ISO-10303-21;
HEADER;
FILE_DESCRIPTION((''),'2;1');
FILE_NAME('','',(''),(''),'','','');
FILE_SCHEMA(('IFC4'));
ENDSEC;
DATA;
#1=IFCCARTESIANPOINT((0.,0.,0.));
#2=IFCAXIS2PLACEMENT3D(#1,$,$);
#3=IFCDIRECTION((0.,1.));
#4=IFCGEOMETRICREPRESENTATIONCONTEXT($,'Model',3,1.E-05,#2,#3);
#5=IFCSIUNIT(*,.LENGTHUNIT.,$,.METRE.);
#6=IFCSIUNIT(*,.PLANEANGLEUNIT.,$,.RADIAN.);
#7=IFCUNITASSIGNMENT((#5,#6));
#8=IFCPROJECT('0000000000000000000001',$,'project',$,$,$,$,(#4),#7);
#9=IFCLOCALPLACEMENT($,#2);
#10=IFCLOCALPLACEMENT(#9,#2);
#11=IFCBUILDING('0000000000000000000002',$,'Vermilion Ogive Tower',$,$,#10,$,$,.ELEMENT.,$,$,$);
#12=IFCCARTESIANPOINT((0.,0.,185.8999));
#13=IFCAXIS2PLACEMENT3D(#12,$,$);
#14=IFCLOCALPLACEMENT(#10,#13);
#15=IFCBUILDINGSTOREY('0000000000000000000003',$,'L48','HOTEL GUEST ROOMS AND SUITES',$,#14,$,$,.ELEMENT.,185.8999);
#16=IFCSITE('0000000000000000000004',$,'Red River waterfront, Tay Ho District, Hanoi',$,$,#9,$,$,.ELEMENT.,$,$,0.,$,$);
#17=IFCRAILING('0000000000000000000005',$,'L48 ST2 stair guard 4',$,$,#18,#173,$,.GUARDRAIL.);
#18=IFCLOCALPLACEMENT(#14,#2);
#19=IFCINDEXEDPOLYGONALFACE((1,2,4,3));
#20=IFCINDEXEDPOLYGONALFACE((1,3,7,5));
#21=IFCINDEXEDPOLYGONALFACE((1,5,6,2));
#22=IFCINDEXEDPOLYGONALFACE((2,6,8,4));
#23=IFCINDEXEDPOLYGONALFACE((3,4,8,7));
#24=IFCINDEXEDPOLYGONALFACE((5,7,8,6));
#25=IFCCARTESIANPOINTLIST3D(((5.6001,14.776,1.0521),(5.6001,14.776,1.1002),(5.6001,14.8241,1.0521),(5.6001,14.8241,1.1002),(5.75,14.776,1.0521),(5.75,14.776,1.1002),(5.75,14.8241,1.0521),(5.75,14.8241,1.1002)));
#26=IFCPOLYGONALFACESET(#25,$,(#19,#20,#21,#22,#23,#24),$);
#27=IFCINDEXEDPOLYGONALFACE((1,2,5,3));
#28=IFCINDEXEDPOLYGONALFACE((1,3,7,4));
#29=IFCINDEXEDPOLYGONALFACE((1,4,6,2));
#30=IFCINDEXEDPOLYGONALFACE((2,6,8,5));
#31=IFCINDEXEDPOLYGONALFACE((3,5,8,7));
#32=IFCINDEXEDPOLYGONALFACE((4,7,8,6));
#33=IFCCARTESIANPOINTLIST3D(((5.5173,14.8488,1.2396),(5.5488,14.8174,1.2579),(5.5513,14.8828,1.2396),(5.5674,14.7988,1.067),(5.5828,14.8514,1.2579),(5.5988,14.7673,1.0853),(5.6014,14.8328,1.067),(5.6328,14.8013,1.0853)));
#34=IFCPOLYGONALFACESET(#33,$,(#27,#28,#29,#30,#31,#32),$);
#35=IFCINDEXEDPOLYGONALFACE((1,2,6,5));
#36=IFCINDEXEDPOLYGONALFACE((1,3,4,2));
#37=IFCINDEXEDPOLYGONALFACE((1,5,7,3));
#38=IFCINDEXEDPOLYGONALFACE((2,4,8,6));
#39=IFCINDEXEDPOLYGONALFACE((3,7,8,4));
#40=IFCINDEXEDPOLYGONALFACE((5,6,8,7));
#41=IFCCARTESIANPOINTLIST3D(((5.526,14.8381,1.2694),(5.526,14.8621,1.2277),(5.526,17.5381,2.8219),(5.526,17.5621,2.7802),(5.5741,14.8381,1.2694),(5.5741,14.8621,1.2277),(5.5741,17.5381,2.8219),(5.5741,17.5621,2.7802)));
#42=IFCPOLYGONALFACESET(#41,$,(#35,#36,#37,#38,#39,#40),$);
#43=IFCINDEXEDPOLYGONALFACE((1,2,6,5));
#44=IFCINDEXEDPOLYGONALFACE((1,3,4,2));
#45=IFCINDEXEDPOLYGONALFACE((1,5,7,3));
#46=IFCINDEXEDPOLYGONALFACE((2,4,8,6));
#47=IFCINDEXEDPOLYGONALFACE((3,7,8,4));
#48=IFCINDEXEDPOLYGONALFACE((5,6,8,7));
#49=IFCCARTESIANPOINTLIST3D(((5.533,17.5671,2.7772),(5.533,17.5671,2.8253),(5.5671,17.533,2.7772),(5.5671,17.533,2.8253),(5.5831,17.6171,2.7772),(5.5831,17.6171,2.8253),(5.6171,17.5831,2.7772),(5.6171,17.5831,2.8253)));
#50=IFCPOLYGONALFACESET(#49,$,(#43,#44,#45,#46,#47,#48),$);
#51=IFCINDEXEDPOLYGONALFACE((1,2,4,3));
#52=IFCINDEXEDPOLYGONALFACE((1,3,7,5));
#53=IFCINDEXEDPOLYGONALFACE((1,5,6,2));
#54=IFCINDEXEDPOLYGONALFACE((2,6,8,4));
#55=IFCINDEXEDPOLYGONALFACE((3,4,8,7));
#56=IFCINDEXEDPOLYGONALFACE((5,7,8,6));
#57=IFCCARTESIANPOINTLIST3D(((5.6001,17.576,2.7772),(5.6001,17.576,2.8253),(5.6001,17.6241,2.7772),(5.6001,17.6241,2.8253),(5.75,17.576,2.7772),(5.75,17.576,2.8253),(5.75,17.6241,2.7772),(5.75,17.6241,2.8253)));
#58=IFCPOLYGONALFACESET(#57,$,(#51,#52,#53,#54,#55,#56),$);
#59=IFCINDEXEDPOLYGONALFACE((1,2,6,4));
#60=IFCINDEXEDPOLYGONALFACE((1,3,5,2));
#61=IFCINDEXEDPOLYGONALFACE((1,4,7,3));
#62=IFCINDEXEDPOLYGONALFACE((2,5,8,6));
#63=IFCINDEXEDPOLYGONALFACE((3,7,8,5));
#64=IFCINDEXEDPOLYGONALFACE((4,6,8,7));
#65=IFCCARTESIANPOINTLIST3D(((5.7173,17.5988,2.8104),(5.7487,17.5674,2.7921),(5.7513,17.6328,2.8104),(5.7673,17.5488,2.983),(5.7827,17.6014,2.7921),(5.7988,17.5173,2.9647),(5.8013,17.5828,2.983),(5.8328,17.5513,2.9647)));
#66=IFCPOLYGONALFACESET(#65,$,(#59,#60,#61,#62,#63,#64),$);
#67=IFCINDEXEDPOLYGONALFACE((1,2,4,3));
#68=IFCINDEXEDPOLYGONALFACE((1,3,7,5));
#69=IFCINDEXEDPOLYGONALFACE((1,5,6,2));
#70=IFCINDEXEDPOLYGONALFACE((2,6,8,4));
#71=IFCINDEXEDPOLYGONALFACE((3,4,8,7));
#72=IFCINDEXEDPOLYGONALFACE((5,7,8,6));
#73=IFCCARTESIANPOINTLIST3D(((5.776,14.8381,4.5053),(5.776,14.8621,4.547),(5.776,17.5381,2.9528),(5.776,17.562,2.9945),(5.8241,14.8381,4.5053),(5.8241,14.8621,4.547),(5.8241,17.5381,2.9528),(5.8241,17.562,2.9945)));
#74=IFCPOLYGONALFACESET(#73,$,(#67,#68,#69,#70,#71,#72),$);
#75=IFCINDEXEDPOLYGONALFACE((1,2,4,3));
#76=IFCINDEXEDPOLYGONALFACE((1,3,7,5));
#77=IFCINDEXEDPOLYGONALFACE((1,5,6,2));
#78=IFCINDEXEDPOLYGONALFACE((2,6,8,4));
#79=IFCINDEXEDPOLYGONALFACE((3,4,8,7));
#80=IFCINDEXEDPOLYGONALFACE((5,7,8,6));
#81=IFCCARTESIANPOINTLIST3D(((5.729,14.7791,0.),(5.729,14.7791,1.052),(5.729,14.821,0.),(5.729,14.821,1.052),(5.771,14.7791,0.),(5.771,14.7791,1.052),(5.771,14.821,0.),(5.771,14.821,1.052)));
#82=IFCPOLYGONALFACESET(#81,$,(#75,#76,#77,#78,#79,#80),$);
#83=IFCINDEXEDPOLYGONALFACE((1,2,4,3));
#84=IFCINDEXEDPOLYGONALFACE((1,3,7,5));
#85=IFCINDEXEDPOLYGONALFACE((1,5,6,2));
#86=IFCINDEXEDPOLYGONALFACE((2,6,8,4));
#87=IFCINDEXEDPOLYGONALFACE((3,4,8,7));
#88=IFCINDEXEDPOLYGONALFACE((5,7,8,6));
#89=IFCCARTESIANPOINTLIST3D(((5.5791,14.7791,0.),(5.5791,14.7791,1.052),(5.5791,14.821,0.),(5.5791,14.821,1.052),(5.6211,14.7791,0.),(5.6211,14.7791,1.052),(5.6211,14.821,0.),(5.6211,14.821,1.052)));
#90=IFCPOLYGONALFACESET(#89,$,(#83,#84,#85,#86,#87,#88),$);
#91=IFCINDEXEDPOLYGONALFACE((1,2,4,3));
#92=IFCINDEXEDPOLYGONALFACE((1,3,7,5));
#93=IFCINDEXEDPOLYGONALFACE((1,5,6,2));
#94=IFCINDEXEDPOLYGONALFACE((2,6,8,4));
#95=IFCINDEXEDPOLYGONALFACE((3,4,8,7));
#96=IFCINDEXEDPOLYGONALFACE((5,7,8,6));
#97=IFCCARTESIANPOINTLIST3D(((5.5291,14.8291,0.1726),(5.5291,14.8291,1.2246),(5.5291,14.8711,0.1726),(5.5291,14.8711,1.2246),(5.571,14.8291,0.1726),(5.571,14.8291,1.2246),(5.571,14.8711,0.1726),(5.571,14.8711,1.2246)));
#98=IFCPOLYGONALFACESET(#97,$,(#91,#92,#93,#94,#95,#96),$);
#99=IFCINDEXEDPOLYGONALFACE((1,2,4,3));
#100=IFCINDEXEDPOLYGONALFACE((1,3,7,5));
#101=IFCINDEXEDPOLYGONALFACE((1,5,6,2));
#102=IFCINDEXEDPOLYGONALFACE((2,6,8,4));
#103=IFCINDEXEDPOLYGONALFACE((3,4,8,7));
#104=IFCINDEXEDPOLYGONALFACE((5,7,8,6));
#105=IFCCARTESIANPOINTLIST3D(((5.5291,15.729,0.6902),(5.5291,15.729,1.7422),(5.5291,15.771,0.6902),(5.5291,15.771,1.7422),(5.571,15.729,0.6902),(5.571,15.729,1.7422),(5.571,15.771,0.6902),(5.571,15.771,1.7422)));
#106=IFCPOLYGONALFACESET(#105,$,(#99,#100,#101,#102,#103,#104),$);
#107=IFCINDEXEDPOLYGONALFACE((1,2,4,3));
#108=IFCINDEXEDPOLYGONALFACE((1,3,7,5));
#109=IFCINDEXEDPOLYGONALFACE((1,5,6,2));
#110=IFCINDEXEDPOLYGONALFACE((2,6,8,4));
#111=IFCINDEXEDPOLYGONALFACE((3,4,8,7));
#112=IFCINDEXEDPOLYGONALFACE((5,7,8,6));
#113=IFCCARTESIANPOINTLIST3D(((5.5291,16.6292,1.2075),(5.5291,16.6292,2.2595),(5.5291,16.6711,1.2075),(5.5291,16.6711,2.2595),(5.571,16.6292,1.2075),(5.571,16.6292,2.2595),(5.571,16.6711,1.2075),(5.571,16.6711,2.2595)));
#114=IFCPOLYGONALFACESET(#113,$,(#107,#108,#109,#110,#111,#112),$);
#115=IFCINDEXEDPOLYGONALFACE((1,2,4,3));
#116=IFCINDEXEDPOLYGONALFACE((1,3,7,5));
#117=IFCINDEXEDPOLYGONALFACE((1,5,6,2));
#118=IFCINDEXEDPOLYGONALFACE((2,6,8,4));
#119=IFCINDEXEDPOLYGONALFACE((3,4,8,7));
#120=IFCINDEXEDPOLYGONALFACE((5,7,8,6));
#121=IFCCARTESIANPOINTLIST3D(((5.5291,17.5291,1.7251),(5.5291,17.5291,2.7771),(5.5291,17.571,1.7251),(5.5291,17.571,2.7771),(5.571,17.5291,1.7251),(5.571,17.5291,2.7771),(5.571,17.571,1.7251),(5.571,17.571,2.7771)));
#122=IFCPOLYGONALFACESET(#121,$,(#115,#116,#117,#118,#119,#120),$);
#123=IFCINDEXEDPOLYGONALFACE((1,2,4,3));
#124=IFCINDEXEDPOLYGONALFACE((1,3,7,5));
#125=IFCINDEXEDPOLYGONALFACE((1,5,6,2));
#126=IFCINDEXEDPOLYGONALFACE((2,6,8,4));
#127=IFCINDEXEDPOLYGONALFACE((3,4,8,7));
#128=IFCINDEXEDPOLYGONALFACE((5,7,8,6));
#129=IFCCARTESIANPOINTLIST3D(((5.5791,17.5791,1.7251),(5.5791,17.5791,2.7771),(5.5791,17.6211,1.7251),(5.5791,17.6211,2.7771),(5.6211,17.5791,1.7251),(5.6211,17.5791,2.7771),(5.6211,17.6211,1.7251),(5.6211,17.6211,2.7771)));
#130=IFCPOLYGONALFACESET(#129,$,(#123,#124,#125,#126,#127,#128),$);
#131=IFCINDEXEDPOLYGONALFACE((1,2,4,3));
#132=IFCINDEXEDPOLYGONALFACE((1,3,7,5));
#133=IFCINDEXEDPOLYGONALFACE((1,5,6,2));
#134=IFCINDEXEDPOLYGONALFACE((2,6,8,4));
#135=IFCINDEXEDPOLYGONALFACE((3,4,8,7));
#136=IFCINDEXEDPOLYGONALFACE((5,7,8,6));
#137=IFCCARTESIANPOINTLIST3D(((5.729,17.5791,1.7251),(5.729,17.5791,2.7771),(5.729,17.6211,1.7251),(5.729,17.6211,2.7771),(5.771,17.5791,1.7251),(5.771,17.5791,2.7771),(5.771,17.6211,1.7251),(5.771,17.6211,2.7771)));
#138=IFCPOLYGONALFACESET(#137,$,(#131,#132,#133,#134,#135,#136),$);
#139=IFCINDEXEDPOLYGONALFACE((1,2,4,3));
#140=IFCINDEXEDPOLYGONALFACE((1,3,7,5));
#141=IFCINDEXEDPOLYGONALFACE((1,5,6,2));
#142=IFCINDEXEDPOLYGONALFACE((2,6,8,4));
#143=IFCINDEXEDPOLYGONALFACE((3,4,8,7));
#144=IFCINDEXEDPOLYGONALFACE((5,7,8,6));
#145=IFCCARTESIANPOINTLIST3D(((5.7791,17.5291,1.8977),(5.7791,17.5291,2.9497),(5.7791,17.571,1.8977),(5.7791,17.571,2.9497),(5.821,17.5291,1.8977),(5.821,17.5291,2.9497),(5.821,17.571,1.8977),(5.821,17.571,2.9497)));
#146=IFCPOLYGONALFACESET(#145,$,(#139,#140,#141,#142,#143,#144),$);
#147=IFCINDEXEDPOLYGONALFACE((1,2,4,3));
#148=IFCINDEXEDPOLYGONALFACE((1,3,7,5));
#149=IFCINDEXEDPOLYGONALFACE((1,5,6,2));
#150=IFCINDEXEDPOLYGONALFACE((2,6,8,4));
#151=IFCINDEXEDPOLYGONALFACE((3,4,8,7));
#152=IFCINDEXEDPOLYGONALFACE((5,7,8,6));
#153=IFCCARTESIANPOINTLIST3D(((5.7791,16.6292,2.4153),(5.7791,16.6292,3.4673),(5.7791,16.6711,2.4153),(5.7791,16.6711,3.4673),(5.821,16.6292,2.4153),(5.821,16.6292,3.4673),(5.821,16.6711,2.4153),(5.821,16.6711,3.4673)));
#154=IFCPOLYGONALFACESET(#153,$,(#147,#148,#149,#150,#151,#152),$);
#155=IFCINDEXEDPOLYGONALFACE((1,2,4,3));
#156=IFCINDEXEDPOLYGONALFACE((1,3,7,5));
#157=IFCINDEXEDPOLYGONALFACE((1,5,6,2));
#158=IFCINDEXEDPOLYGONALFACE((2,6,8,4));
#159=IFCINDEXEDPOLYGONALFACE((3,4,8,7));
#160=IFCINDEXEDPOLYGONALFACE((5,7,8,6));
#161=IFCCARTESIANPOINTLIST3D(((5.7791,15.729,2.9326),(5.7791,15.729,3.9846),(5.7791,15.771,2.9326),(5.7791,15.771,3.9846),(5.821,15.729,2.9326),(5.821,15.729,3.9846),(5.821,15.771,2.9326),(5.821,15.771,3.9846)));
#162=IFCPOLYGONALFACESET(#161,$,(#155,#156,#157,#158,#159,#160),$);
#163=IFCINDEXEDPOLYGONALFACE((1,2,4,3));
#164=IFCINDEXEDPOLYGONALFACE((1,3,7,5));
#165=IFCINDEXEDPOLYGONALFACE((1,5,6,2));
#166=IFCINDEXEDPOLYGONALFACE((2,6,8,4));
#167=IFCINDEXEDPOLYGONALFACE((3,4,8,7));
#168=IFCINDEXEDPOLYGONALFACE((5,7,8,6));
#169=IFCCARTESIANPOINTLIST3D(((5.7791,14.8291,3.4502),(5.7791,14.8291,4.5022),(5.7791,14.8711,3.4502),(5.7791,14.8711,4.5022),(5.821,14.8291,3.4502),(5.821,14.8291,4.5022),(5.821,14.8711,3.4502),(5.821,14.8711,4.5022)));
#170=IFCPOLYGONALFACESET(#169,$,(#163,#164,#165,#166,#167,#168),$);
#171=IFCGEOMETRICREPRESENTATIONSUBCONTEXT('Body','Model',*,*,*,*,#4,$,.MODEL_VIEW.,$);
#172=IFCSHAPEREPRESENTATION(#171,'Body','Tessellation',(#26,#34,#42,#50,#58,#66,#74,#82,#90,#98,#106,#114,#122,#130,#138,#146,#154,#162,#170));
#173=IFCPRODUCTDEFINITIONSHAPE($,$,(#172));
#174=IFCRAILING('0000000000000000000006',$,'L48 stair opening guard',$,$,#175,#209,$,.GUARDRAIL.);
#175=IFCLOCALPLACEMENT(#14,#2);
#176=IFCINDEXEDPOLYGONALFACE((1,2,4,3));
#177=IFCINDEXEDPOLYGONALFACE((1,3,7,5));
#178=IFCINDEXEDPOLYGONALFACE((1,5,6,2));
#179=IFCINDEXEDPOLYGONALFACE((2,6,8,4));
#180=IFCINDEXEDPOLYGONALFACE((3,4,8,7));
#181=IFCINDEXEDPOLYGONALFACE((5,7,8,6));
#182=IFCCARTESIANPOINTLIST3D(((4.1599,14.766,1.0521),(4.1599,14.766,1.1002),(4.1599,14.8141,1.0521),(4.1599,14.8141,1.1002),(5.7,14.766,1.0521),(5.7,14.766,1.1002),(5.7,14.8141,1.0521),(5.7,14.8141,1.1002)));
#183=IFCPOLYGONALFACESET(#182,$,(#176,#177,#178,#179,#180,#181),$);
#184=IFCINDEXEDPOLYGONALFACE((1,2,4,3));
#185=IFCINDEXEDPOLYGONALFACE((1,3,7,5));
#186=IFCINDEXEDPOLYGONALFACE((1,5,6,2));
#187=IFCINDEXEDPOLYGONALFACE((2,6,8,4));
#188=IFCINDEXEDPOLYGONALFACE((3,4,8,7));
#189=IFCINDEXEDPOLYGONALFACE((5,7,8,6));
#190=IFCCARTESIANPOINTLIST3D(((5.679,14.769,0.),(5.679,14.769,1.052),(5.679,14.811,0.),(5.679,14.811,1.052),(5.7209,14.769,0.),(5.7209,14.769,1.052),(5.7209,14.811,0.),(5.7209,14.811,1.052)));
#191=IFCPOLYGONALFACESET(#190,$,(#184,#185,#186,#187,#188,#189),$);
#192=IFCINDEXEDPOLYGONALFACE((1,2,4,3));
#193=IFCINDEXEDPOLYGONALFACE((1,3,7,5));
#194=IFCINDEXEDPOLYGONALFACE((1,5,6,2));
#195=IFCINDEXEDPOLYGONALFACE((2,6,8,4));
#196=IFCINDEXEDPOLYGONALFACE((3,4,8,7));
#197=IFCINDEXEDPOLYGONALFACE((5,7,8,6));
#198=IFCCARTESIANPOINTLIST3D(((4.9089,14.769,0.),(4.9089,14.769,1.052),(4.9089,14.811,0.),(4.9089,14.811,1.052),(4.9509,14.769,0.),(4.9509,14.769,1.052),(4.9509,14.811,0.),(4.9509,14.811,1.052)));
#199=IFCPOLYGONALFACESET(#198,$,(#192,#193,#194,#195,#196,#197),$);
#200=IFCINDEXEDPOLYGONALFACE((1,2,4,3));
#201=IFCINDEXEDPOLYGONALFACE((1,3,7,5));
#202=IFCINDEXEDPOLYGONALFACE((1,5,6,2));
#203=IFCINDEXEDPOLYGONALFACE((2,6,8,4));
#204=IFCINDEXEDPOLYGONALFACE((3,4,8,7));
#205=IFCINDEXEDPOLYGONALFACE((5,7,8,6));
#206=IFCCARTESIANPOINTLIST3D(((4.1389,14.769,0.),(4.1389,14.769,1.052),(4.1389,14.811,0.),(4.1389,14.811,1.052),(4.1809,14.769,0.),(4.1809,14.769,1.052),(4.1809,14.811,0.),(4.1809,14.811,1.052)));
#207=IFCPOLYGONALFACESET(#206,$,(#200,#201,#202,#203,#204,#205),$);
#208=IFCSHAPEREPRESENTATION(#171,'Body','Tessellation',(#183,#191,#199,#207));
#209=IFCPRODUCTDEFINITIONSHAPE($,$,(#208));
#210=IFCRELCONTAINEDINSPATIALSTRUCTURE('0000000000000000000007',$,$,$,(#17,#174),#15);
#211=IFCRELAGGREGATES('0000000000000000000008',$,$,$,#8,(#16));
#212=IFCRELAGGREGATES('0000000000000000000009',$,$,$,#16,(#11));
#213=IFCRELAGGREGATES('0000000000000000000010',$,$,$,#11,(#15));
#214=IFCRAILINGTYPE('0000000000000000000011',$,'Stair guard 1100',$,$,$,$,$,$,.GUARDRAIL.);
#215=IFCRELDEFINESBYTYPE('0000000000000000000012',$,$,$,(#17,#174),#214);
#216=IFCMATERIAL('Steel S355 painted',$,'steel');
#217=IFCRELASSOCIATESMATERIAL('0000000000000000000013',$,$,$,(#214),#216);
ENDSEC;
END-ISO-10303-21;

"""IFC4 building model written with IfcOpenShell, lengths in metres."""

from ifc_helpers import new_model, si_unit, direction, frame, origin, origin_2d, place, context, subcontext, project, spatial, rectangle, extrude, material, type_object, element, save


model = new_model("IFC4")

# Units and contexts
model_context = context("Model", 3, precision=1e-05, world=origin(), true_north=direction((0.0, 1.0)))
body_context = subcontext(model_context, "Body", "Model", "MODEL_VIEW")
ifc_project = project(units=[si_unit("LENGTHUNIT", "METRE"), si_unit("PLANEANGLEUNIT", "RADIAN")], contexts=[model_context])

# Site, building, storey
site_placement = place(None, origin())
site = spatial("IfcSite", under=ifc_project, at=site_placement, Name="Red River waterfront, Tay Ho District, Hanoi", CompositionType="ELEMENT", RefElevation=0.0)
building_placement = place(site_placement, origin())
building = spatial("IfcBuilding", under=site, at=building_placement, Name="Vermilion Ogive Tower", CompositionType="ELEMENT")
storey_placement = place(building_placement, frame((0.0, 0.0, 185.8999)))
storey = spatial("IfcBuildingStorey", under=building, at=storey_placement, Name="L48", Description="HOTEL GUEST ROOMS AND SUITES", CompositionType="ELEMENT", Elevation=185.8999)

# Railings
ifc_material_1 = material(Name="Steel S355 painted", Category="steel")
railing_type_1 = type_object("IfcRailingType", Name="Stair guard 1100", PredefinedType="GUARDRAIL", material=ifc_material_1)
railing_1_placement = place(storey_placement, frame((5.75, 14.8, 0.0)))
element("IfcRailing", 1, at=railing_1_placement, inside=storey, type_object=railing_type_1, Name="L48 ST2 stair guard 4", PredefinedType="GUARDRAIL", context=body_context, shape_type="SweptSolid", body=[
    extrude(rectangle(XDim=0.0481, YDim=0.0481, at=origin_2d()), frame((0.0, 0.0, 1.0762), z_axis=(-1.0, 0.0, 0.0), x_axis=(0.0, -1.0, 0.0)), (0.0, 0.0, 1.0), 0.1499),
    extrude(rectangle(XDim=0.0481, YDim=0.0481, at=origin_2d()), frame((-0.1499, 0.0, 1.0762), z_axis=(-0.268278, 0.268278, 0.925232), x_axis=(-0.707107, -0.707107, 0.0)), (0.0, 0.0, 1.0), 0.1865),
    extrude(rectangle(XDim=0.0481, YDim=0.0481, at=origin_2d()), frame((-0.2, 0.05, 1.2485), z_axis=(0.0, 0.866904, 0.498476), x_axis=(-1.0, 0.0, 0.0)), (0.0, 0.0, 1.0), 3.1145),
    extrude(rectangle(XDim=0.0481, YDim=0.0481, at=origin_2d()), frame((-0.2, 2.75, 2.8013), z_axis=(0.707107, 0.707107, 0.0), x_axis=(-0.707107, 0.707107, 0.0)), (0.0, 0.0, 1.0), 0.0708),
    extrude(rectangle(XDim=0.0481, YDim=0.0481, at=origin_2d()), frame((-0.1499, 2.8, 2.8013), z_axis=(1.0, 0.0, 0.0), x_axis=(0.0, 1.0, 0.0)), (0.0, 0.0, 1.0), 0.1499),
    extrude(rectangle(XDim=0.0481, YDim=0.0481, at=origin_2d()), frame((0.0, 2.8, 2.8013), z_axis=(0.268278, -0.268278, 0.925232), x_axis=(0.707107, 0.707107, 0.0)), (0.0, 0.0, 1.0), 0.1865),
    extrude(rectangle(XDim=0.0481, YDim=0.0481, at=origin_2d()), frame((0.05, 2.75, 2.9736), z_axis=(0.0, -0.866904, 0.498476), x_axis=(1.0, 0.0, 0.0)), (0.0, 0.0, 1.0), 3.1145),
    extrude(rectangle(XDim=0.042, YDim=0.042, at=origin_2d()), origin(), (0.0, 0.0, 1.0), 1.052),
    extrude(rectangle(XDim=0.042, YDim=0.042, at=origin_2d()), frame((-0.1499, 0.0, 0.0)), (0.0, 0.0, 1.0), 1.052),
    extrude(rectangle(XDim=0.042, YDim=0.042, at=origin_2d()), frame((-0.2, 0.05, 0.1726)), (0.0, 0.0, 1.0), 1.052),
    extrude(rectangle(XDim=0.042, YDim=0.042, at=origin_2d()), frame((-0.2, 0.95, 0.6902)), (0.0, 0.0, 1.0), 1.052),
    extrude(rectangle(XDim=0.042, YDim=0.042, at=origin_2d()), frame((-0.2, 1.8501, 1.2075)), (0.0, 0.0, 1.0), 1.052),
    extrude(rectangle(XDim=0.042, YDim=0.042, at=origin_2d()), frame((-0.2, 2.75, 1.7251)), (0.0, 0.0, 1.0), 1.052),
    extrude(rectangle(XDim=0.042, YDim=0.042, at=origin_2d()), frame((-0.1499, 2.8, 1.7251)), (0.0, 0.0, 1.0), 1.052),
    extrude(rectangle(XDim=0.042, YDim=0.042, at=origin_2d()), frame((0.0, 2.8, 1.7251)), (0.0, 0.0, 1.0), 1.052),
    extrude(rectangle(XDim=0.042, YDim=0.042, at=origin_2d()), frame((0.05, 2.75, 1.8977)), (0.0, 0.0, 1.0), 1.052),
    extrude(rectangle(XDim=0.042, YDim=0.042, at=origin_2d()), frame((0.05, 1.8501, 2.4153)), (0.0, 0.0, 1.0), 1.052),
    extrude(rectangle(XDim=0.042, YDim=0.042, at=origin_2d()), frame((0.05, 0.95, 2.9326)), (0.0, 0.0, 1.0), 1.052),
    extrude(rectangle(XDim=0.042, YDim=0.042, at=origin_2d()), frame((0.05, 0.05, 3.4502)), (0.0, 0.0, 1.0), 1.052),
])
railing_2_placement = place(storey_placement, frame((5.7, 14.79, 0.0)))
element("IfcRailing", 2, at=railing_2_placement, inside=storey, type_object=railing_type_1, Name="L48 stair opening guard", PredefinedType="GUARDRAIL", context=body_context, shape_type="SweptSolid", body=[
    extrude(rectangle(XDim=0.0481, YDim=0.0481, at=origin_2d()), frame((0.0, 0.0, 1.0762), z_axis=(-1.0, 0.0, 0.0), x_axis=(0.0, -1.0, 0.0)), (0.0, 0.0, 1.0), 1.54),
    extrude(rectangle(XDim=0.042, YDim=0.042, at=origin_2d()), origin(), (0.0, 0.0, 1.0), 1.052),
    extrude(rectangle(XDim=0.042, YDim=0.042, at=origin_2d()), frame((-0.77, 0.0, 0.0)), (0.0, 0.0, 1.0), 1.052),
    extrude(rectangle(XDim=0.042, YDim=0.042, at=origin_2d()), frame((-1.54, 0.0, 0.0)), (0.0, 0.0, 1.0), 1.052),
])

save(model, "model.ifc")
